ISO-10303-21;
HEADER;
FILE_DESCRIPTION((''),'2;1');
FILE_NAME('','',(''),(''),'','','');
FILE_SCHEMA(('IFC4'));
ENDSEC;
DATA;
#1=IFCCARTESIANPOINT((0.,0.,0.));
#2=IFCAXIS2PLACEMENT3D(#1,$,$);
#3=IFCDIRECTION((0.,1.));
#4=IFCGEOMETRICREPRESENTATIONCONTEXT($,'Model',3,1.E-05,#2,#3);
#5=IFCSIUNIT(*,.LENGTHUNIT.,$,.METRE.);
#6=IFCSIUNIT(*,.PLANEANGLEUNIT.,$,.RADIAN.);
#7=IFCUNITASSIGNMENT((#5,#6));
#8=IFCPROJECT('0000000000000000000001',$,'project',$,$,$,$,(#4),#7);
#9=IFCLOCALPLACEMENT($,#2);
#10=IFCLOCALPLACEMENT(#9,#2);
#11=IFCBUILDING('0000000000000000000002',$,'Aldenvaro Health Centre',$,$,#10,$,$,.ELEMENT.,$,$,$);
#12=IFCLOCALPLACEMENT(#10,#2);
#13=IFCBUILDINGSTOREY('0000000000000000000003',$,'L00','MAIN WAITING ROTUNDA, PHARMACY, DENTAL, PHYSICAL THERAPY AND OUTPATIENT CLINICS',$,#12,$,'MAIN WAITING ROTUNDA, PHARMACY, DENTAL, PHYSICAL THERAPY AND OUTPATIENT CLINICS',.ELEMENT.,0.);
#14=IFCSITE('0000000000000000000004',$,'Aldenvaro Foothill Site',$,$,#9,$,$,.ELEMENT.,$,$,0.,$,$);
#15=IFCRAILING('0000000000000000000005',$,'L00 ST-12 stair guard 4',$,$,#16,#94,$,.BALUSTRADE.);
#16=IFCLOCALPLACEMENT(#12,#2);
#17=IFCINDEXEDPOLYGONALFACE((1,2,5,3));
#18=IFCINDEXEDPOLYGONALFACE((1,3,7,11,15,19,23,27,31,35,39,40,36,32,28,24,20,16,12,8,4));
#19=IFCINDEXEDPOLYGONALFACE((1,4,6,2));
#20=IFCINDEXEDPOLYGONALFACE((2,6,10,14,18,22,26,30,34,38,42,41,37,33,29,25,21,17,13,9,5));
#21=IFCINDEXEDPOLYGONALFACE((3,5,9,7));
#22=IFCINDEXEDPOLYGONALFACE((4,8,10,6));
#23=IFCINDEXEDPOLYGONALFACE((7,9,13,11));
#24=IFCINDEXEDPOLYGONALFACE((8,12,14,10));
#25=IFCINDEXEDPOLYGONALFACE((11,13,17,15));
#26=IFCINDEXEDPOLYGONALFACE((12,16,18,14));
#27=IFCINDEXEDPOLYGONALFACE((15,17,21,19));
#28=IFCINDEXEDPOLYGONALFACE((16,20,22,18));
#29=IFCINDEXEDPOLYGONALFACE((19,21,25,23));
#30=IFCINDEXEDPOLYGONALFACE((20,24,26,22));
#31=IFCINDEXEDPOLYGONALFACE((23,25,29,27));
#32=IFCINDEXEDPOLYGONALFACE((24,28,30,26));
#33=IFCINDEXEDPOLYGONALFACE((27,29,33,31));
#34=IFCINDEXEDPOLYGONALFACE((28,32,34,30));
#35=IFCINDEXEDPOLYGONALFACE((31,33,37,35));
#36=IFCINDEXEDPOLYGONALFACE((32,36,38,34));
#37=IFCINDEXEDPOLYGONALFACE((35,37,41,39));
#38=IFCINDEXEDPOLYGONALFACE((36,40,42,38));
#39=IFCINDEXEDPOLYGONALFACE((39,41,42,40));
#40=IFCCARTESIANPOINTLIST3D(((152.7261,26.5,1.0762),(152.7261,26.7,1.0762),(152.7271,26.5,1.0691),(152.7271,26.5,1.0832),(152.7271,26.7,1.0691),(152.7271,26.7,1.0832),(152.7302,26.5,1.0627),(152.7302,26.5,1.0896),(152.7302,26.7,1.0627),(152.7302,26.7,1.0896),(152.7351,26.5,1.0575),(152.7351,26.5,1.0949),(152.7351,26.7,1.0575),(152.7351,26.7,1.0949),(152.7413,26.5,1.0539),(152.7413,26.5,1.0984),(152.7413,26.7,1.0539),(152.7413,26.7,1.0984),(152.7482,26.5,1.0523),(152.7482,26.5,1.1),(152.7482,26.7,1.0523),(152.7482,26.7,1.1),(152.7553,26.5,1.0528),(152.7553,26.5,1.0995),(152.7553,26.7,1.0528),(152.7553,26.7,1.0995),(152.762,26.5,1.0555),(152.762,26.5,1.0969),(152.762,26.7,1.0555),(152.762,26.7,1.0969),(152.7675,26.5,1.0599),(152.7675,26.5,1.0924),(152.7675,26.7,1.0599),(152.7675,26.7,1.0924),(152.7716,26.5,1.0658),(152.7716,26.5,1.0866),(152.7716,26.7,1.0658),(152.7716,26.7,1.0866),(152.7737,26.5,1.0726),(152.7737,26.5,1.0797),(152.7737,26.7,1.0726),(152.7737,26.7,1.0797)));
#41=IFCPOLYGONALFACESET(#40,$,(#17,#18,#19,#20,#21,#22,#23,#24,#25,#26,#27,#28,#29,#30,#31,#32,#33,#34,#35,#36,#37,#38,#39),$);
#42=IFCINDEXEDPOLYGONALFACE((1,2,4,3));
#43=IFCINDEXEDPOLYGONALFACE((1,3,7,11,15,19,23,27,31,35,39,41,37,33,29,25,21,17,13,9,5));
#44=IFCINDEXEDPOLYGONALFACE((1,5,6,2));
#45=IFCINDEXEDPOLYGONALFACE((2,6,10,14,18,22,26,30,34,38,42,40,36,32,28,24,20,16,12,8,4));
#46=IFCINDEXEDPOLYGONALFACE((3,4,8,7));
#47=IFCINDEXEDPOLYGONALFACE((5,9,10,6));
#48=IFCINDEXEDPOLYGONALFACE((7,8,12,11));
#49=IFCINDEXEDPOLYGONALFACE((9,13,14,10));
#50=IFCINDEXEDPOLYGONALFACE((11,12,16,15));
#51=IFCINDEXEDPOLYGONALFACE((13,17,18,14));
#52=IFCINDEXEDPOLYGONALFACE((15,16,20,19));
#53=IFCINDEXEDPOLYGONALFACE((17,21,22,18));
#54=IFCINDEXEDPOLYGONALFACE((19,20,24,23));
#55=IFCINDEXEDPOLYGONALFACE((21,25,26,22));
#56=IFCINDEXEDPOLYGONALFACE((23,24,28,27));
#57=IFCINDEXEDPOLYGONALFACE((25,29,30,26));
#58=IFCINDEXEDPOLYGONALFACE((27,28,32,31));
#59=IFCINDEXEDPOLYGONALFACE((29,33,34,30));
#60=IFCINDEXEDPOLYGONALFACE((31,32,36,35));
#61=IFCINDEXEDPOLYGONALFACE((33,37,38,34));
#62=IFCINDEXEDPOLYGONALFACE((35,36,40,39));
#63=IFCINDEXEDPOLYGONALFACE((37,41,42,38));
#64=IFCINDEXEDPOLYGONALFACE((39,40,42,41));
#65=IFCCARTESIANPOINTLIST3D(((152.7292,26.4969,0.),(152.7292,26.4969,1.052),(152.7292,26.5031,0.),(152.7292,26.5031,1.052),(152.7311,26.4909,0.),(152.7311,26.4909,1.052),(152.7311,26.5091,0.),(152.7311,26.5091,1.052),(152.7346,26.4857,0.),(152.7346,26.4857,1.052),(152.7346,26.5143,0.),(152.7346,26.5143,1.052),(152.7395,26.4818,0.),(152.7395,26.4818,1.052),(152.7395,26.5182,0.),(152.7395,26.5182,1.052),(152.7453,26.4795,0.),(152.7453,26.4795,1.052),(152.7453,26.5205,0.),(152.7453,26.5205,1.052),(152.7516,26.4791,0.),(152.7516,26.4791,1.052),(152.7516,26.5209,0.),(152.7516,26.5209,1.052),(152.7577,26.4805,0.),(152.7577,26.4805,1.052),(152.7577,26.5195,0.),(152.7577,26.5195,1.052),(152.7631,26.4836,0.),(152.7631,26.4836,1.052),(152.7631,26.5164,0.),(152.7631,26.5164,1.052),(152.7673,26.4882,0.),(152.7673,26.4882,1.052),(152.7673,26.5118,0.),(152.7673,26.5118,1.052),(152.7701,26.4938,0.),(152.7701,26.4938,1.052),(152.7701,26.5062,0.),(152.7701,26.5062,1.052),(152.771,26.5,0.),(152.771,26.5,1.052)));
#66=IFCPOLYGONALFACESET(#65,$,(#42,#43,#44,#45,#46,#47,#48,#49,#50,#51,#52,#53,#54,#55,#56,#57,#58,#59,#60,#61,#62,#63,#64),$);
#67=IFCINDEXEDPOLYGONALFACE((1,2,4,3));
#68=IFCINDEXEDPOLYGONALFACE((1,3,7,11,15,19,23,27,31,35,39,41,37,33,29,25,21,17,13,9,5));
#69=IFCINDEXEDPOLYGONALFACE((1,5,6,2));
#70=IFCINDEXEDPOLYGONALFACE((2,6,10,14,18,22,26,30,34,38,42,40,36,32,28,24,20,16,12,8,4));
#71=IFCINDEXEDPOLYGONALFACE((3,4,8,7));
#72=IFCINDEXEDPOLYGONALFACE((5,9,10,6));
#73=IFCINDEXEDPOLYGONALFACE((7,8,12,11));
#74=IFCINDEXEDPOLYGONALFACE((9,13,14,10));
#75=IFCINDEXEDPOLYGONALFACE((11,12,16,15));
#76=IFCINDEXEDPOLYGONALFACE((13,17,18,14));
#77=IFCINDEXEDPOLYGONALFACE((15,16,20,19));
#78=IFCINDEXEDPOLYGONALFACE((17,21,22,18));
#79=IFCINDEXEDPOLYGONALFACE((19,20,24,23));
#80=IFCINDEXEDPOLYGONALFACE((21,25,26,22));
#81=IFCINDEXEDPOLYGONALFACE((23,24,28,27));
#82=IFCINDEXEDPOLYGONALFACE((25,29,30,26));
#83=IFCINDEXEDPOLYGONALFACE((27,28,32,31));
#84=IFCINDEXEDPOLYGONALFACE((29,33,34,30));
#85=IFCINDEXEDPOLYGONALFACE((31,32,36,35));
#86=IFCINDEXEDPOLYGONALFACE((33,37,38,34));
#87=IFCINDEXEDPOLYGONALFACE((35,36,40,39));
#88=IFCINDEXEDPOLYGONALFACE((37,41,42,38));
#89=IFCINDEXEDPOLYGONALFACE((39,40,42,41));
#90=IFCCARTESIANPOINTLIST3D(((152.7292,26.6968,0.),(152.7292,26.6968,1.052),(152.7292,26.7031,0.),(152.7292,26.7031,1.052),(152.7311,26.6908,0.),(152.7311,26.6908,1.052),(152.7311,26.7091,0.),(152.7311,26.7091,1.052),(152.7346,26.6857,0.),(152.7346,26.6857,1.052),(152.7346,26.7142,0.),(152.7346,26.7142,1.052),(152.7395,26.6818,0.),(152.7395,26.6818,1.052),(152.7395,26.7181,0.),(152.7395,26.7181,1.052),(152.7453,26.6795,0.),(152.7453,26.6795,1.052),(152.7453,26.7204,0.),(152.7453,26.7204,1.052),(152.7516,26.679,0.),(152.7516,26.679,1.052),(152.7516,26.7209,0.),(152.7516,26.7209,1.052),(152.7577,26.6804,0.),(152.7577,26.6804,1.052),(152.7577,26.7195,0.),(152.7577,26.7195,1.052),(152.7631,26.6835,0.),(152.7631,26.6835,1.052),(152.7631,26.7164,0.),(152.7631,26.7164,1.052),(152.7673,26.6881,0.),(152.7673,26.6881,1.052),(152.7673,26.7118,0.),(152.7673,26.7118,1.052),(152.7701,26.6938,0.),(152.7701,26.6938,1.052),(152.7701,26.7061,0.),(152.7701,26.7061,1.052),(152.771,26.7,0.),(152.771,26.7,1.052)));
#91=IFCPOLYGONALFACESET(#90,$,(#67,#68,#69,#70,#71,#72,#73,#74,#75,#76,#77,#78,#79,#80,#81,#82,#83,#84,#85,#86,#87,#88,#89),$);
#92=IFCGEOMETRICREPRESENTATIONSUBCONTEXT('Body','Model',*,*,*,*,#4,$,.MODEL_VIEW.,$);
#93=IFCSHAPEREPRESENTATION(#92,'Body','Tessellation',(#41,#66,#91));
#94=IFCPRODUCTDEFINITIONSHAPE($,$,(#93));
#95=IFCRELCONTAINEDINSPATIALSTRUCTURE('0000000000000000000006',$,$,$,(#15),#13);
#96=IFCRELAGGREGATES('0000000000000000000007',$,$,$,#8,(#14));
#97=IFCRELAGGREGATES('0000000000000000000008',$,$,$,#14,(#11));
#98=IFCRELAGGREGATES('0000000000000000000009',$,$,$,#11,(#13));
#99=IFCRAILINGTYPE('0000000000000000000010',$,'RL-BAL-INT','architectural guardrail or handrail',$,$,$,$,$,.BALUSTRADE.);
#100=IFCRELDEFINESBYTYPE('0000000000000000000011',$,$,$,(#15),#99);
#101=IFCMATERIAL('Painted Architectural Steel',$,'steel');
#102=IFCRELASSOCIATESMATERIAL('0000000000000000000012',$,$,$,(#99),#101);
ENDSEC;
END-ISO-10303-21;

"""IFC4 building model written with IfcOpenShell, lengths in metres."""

from ifc_helpers import new_model, si_unit, direction, frame, origin, origin_2d, place, context, subcontext, project, spatial, circle, extrude, material, type_object, element, save


model = new_model("IFC4")

# Units and contexts
model_context = context("Model", 3, precision=1e-05, world=origin(), true_north=direction((0.0, 1.0)))
body_context = subcontext(model_context, "Body", "Model", "MODEL_VIEW")
ifc_project = project(units=[si_unit("LENGTHUNIT", "METRE"), si_unit("PLANEANGLEUNIT", "RADIAN")], contexts=[model_context])

# Site, building, storey
site_placement = place(None, origin())
site = spatial("IfcSite", under=ifc_project, at=site_placement, Name="Aldenvaro Foothill Site", CompositionType="ELEMENT", RefElevation=0.0)
building_placement = place(site_placement, origin())
building = spatial("IfcBuilding", under=site, at=building_placement, Name="Aldenvaro Health Centre", CompositionType="ELEMENT")
storey_placement = place(building_placement, origin())
storey = spatial("IfcBuildingStorey", under=building, at=storey_placement, Name="L00", Description="MAIN WAITING ROTUNDA, PHARMACY, DENTAL, PHYSICAL THERAPY AND OUTPATIENT CLINICS", LongName="MAIN WAITING ROTUNDA, PHARMACY, DENTAL, PHYSICAL THERAPY AND OUTPATIENT CLINICS", CompositionType="ELEMENT", Elevation=0.0)

# Railing
ifc_material_1 = material(Name="Painted Architectural Steel", Category="steel")
railing_type_1 = type_object("IfcRailingType", Name="RL-BAL-INT", Description="architectural guardrail or handrail", PredefinedType="BALUSTRADE", material=ifc_material_1)
railing_1_placement = place(storey_placement, frame((152.75, 26.5, 0.0)))
element("IfcRailing", 1, at=railing_1_placement, inside=storey, type_object=railing_type_1, Name="L00 ST-12 stair guard 4", PredefinedType="BALUSTRADE", context=body_context, shape_type="SweptSolid", body=[
    extrude(circle(Radius=0.0239, at=origin_2d()), frame((0.0, 0.0, 1.0762), z_axis=(0.0, 1.0, 0.0), x_axis=(-1.0, 0.0, 0.0)), (0.0, 0.0, 1.0), 0.2),
    extrude(circle(Radius=0.021, at=origin_2d()), origin(), (0.0, 0.0, 1.0), 1.052),
    extrude(circle(Radius=0.021, at=origin_2d()), frame((0.0, 0.2, 0.0)), (0.0, 0.0, 1.0), 1.052),
])

save(model, "model.ifc")
